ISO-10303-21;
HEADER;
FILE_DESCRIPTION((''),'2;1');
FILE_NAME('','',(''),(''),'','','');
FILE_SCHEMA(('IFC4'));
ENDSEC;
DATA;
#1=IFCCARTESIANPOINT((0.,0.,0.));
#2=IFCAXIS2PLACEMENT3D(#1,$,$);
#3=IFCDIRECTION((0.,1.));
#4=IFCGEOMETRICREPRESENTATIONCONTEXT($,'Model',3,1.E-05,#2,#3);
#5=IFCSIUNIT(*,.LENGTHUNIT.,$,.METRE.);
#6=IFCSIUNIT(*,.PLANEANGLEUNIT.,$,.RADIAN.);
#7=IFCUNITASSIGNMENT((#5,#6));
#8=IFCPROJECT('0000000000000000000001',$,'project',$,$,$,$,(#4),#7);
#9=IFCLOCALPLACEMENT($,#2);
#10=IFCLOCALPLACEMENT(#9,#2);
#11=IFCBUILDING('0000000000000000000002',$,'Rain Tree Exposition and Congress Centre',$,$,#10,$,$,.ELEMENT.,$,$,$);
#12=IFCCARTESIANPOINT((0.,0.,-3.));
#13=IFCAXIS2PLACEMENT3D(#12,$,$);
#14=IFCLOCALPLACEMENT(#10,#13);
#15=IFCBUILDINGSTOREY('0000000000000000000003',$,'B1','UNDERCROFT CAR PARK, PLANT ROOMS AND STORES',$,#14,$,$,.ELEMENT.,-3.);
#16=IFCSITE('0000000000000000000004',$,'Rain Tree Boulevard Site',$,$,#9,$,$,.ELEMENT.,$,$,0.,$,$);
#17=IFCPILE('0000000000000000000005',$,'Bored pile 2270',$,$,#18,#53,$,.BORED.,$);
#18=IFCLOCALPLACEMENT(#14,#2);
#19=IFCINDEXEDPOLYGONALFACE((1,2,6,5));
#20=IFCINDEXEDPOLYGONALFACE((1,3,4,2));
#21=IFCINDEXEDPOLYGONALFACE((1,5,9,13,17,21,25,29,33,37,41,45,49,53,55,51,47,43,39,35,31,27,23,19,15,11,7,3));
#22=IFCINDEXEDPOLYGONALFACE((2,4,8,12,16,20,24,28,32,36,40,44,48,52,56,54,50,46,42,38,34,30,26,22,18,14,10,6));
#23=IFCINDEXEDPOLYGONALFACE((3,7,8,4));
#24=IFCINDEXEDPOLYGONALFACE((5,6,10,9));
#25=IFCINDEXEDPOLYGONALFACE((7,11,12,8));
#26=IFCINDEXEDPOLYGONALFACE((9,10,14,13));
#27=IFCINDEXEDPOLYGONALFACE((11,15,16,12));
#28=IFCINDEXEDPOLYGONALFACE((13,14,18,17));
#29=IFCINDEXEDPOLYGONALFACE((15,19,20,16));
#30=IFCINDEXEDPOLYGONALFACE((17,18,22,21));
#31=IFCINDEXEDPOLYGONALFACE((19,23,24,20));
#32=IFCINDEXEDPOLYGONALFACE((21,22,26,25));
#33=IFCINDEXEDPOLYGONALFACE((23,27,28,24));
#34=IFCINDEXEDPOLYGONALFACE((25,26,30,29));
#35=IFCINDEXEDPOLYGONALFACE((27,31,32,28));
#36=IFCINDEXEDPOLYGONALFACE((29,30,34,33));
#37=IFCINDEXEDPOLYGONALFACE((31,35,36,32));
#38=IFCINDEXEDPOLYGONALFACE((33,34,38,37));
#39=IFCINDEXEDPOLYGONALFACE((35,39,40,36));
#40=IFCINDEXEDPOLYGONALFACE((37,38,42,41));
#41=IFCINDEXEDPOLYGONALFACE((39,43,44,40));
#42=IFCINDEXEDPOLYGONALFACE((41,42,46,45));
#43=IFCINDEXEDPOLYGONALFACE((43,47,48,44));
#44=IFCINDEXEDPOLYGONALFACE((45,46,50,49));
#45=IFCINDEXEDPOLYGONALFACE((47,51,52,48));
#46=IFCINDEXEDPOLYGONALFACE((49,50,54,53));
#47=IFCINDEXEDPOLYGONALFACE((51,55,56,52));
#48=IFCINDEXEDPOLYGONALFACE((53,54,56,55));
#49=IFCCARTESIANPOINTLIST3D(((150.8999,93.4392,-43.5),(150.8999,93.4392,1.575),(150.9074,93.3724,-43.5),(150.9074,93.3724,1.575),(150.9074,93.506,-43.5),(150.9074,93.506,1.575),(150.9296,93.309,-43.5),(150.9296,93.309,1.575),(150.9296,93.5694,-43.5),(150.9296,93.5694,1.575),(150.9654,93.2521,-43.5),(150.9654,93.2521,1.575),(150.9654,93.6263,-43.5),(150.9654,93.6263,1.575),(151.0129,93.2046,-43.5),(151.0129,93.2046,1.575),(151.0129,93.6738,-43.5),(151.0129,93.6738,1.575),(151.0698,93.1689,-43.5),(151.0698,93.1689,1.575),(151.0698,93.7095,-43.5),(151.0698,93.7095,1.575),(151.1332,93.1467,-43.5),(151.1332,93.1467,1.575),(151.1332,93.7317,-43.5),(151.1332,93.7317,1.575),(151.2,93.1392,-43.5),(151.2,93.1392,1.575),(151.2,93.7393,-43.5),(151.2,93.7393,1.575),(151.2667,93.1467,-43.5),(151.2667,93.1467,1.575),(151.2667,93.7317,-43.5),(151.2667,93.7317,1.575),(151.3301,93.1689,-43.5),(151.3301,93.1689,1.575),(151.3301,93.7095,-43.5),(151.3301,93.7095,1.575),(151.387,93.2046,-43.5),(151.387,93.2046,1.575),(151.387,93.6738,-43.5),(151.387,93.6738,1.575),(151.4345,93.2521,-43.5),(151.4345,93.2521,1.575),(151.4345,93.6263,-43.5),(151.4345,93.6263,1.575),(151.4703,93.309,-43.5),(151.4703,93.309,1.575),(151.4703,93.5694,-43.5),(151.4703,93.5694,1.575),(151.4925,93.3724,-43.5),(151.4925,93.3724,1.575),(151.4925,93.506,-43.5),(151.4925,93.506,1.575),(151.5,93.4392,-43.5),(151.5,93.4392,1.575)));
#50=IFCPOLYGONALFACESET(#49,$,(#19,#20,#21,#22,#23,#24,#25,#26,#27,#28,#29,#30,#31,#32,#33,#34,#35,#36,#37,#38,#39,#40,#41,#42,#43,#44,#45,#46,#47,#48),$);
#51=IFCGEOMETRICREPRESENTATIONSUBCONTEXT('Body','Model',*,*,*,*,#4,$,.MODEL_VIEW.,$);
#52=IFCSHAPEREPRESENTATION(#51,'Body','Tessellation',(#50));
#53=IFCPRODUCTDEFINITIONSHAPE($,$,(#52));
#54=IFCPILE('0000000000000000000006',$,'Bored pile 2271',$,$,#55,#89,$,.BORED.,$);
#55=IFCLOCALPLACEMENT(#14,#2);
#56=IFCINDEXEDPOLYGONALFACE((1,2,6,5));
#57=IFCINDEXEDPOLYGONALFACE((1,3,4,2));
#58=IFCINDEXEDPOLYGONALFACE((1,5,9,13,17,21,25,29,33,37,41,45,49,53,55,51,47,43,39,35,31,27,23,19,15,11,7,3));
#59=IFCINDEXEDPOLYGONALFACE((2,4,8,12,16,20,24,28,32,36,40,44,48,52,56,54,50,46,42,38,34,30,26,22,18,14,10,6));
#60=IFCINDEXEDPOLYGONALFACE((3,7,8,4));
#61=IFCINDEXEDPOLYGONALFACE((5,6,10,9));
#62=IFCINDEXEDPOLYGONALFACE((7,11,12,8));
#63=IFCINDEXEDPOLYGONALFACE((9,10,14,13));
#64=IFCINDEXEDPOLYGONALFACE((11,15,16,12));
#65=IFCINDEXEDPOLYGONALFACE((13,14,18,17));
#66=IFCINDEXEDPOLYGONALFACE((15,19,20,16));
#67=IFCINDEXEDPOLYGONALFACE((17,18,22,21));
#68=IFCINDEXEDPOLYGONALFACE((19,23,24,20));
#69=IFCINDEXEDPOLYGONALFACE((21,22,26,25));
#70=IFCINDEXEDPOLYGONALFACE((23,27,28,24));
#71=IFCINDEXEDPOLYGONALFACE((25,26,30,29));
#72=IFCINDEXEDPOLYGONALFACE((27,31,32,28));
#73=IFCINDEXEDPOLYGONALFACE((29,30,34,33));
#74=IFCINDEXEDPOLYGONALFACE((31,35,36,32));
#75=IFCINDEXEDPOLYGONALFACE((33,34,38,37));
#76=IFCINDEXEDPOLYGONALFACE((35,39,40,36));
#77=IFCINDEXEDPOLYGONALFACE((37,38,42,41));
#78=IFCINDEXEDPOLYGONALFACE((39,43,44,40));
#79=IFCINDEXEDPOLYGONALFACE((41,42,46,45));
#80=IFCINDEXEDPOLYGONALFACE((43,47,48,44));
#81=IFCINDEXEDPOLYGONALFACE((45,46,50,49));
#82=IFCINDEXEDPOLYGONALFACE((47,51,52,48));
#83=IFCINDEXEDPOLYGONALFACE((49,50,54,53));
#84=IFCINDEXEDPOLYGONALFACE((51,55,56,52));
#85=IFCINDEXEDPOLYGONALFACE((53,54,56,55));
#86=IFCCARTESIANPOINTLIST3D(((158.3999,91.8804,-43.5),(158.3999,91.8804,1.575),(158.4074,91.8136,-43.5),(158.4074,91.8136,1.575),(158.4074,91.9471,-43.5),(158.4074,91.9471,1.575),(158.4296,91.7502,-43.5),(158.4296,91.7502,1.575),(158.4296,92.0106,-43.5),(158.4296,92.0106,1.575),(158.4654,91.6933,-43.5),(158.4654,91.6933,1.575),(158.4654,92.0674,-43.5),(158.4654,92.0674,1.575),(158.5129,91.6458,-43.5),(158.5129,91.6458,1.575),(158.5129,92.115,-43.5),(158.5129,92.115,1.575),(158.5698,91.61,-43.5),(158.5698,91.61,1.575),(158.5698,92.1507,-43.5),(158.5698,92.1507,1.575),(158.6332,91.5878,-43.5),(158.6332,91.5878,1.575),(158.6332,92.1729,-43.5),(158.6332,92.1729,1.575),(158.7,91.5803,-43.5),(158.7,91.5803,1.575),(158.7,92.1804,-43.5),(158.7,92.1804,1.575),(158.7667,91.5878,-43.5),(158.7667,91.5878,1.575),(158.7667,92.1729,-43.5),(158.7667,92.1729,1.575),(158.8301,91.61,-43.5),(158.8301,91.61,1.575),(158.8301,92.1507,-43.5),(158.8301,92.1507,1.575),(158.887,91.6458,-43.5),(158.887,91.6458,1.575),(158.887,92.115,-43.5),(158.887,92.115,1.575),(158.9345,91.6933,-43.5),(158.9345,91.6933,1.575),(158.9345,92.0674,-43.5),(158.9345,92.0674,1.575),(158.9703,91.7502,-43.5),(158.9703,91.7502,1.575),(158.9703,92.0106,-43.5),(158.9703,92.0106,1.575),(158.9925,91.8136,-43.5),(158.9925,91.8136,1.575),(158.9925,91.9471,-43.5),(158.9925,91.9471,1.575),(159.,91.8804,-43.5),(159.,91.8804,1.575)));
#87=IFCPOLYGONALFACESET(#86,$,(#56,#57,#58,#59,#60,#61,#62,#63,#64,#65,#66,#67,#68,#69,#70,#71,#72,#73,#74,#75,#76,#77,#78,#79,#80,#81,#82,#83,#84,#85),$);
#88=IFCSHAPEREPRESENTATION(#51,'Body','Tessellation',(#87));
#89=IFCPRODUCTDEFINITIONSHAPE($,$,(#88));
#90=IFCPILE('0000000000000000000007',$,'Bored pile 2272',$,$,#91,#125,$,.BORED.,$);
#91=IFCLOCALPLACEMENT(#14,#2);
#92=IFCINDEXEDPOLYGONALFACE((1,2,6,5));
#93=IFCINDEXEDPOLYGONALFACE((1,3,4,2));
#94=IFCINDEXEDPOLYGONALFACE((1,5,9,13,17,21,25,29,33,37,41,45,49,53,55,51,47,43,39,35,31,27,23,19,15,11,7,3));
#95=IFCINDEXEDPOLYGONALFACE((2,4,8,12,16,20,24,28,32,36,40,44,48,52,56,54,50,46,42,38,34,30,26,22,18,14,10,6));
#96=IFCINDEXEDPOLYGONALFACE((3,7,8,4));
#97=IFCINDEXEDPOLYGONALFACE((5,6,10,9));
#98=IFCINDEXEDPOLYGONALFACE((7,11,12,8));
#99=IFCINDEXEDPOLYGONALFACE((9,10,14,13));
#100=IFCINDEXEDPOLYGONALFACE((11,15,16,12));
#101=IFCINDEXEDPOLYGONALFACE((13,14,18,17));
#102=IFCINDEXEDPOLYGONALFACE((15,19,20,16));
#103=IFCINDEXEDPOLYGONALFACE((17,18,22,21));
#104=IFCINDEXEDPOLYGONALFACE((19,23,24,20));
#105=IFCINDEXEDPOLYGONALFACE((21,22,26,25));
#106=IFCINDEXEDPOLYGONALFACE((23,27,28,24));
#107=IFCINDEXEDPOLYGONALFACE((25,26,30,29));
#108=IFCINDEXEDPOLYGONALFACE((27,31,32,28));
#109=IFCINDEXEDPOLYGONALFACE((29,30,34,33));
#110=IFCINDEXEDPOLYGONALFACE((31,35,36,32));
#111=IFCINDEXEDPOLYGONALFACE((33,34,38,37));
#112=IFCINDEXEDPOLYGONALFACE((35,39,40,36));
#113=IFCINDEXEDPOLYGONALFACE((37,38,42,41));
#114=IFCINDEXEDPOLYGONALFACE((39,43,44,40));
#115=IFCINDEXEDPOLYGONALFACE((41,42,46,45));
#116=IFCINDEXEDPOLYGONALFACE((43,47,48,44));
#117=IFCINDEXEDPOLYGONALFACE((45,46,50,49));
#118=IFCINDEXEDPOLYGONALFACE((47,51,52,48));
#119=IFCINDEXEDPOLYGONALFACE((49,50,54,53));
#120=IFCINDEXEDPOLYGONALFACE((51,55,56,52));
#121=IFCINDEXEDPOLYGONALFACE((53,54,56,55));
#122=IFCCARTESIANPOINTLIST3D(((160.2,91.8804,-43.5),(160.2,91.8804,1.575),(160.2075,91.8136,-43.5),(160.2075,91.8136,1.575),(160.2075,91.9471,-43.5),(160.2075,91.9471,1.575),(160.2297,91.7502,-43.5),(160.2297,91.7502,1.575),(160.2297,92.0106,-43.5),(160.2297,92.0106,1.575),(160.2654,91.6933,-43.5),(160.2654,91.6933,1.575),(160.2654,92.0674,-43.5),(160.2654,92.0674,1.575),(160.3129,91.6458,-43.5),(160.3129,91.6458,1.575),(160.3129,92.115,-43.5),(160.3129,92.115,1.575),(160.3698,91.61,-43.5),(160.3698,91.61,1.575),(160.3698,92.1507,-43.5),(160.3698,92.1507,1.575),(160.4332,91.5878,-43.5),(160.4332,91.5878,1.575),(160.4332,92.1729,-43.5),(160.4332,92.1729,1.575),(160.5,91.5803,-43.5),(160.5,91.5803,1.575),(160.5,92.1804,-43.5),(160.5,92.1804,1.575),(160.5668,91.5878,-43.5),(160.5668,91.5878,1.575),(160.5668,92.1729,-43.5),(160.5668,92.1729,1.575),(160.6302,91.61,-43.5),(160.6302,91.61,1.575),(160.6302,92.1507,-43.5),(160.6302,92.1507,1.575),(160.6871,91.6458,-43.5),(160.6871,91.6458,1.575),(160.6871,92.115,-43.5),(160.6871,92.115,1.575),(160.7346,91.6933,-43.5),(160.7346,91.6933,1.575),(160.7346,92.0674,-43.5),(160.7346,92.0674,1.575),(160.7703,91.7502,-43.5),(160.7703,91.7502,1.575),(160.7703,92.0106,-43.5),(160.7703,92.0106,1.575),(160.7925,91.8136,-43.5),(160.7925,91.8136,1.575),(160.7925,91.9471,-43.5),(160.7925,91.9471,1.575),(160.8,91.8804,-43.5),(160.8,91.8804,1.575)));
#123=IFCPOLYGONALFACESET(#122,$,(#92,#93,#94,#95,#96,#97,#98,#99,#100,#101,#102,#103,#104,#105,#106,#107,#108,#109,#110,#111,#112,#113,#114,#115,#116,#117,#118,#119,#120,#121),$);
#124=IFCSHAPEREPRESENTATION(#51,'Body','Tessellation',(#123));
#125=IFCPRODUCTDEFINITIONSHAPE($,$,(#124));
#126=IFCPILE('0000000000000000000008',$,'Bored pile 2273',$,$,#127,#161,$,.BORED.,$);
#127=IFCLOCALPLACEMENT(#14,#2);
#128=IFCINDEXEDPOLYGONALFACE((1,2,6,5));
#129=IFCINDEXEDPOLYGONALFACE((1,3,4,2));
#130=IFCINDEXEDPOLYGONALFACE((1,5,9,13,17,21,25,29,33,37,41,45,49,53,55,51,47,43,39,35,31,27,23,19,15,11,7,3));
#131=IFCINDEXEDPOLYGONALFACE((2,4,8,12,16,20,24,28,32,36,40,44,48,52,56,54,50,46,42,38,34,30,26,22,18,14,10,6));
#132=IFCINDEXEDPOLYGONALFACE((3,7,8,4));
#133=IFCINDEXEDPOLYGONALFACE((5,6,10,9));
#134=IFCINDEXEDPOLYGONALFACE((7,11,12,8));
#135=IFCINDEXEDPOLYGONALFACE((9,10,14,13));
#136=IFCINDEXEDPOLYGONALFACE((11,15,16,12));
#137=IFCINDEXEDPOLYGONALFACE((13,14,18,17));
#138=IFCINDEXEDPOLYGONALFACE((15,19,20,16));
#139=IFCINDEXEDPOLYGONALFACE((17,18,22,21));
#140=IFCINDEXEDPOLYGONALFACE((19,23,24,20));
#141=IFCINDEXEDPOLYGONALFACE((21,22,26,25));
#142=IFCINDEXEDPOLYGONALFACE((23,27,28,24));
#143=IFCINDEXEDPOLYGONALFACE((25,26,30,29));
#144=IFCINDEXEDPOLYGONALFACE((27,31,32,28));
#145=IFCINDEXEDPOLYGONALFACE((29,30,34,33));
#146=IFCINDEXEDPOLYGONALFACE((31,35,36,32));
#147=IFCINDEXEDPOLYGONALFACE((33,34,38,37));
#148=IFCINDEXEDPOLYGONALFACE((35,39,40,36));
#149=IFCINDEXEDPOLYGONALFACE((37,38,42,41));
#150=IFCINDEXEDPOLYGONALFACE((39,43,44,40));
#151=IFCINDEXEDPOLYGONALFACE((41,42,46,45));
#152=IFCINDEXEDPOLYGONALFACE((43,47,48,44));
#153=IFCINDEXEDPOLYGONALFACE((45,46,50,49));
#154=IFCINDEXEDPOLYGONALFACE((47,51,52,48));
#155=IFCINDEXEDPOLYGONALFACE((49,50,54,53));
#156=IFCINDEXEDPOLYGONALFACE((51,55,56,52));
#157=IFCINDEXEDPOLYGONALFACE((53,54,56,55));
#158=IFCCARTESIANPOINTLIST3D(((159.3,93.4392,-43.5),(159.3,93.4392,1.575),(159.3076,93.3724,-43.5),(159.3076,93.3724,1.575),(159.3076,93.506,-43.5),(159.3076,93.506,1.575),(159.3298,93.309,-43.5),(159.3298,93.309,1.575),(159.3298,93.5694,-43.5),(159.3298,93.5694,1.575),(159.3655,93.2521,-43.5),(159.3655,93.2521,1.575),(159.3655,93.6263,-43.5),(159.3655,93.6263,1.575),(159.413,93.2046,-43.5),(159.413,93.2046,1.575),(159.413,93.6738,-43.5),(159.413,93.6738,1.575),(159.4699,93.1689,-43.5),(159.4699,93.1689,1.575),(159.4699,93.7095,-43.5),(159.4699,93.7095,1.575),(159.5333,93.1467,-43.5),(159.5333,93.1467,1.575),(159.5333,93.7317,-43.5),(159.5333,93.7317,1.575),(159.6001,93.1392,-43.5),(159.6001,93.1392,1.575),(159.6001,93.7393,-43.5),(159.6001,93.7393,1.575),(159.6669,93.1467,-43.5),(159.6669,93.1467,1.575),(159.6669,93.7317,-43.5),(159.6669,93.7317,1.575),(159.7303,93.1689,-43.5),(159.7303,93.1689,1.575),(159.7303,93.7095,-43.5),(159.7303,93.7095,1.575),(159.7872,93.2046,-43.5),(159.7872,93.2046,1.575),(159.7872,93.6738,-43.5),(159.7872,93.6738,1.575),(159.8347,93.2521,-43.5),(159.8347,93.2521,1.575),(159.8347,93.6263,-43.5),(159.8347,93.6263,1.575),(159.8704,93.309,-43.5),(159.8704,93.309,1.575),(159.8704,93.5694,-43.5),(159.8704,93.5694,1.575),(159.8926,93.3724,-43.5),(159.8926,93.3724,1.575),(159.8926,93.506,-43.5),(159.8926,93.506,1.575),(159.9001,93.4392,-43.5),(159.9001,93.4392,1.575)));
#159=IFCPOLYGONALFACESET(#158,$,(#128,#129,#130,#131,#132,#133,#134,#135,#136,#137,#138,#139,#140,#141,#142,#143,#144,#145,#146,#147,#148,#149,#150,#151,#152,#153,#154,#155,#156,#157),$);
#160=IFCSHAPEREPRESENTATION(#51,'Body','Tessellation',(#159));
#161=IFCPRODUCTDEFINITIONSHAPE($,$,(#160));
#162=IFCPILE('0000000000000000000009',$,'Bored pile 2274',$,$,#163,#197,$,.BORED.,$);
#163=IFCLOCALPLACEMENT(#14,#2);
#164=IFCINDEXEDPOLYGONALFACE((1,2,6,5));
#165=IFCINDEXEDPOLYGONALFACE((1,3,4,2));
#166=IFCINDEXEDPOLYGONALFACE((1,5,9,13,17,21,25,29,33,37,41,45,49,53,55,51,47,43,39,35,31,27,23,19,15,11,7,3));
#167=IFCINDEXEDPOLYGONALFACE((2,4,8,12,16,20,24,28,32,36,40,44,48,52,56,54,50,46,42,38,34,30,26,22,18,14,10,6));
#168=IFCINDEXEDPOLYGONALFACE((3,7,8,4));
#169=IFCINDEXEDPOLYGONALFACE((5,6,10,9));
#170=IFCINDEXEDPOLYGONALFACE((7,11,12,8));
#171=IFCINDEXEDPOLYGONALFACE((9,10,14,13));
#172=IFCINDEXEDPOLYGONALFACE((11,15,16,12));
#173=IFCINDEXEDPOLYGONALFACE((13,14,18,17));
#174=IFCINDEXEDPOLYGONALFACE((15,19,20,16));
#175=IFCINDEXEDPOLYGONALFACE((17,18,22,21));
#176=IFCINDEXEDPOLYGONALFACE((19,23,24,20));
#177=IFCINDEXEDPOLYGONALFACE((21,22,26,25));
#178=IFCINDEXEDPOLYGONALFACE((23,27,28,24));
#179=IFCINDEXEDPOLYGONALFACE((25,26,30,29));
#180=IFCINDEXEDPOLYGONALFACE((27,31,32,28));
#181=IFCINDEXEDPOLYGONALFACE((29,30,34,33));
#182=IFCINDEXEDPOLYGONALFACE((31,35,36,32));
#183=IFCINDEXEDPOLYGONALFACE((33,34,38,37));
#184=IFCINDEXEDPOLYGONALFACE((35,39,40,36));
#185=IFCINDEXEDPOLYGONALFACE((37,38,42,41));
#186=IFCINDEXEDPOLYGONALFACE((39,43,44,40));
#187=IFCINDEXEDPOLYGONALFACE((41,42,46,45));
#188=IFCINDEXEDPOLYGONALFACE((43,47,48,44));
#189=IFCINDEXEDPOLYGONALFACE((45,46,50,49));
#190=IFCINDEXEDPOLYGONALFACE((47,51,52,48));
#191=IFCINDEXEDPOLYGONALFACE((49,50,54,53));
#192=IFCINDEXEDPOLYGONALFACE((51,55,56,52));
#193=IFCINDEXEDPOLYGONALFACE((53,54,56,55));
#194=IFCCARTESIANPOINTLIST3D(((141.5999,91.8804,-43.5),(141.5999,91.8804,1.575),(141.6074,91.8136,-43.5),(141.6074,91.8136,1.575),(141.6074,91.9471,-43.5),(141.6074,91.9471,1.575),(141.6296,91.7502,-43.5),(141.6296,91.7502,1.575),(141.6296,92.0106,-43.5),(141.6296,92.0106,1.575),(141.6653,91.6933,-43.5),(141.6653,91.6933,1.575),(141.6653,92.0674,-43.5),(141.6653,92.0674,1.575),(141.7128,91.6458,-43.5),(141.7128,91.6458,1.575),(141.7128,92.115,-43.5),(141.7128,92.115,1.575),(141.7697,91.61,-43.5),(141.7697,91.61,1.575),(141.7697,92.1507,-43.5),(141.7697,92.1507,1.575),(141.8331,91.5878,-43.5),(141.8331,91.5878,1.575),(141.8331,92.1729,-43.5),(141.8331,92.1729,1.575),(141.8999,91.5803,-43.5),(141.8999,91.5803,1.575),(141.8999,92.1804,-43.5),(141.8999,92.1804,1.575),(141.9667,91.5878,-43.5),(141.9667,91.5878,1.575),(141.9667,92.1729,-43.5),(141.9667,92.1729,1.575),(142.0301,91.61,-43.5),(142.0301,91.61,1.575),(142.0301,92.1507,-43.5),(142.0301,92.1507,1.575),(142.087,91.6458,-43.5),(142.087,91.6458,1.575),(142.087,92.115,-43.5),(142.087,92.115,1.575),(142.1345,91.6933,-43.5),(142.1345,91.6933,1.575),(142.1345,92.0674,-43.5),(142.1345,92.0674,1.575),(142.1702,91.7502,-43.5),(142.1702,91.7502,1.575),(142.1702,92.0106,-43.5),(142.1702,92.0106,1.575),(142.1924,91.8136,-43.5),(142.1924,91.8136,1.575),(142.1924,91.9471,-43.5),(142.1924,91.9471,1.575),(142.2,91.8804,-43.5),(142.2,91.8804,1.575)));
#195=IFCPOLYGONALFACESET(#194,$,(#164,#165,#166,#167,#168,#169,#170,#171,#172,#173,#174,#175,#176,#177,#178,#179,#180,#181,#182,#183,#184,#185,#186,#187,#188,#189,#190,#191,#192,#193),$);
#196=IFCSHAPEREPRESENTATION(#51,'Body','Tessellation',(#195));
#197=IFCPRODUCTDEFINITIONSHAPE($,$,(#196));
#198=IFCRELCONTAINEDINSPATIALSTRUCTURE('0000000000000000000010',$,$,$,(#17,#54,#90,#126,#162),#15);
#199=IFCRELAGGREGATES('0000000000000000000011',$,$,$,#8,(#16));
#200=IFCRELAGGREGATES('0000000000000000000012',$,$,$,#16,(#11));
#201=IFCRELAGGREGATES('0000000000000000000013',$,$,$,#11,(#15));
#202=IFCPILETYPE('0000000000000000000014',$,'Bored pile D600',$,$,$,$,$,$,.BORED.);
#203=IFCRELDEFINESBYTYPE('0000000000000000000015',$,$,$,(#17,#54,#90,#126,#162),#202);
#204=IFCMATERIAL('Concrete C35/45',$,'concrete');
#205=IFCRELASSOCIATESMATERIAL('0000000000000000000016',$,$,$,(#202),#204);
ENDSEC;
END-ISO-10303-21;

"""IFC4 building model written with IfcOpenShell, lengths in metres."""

from ifc_helpers import new_model, si_unit, direction, frame, origin, origin_2d, place, context, subcontext, project, spatial, circle, extrude, material, material_profile, profile_set, type_object, element, save


model = new_model("IFC4")

# Units and contexts
model_context = context("Model", 3, precision=1e-05, world=origin(), true_north=direction((0.0, 1.0)))
body_context = subcontext(model_context, "Body", "Model", "MODEL_VIEW")
ifc_project = project(units=[si_unit("LENGTHUNIT", "METRE"), si_unit("PLANEANGLEUNIT", "RADIAN")], contexts=[model_context])

# Site, building, storey
site_placement = place(None, origin())
site = spatial("IfcSite", under=ifc_project, at=site_placement, Name="Rain Tree Boulevard Site", CompositionType="ELEMENT", RefElevation=0.0)
building_placement = place(site_placement, origin())
building = spatial("IfcBuilding", under=site, at=building_placement, Name="Rain Tree Exposition and Congress Centre", CompositionType="ELEMENT")
storey_placement = place(building_placement, frame((0.0, 0.0, -3.0)))
storey = spatial("IfcBuildingStorey", under=building, at=storey_placement, Name="B1", Description="UNDERCROFT CAR PARK, PLANT ROOMS AND STORES", CompositionType="ELEMENT", Elevation=-3.0)

# Piles
ifc_material_1 = material(Name="Concrete C35/45", Category="concrete")
ifc_material_profile_1 = material_profile(ifc_material_1, circle(Radius=0.3, at=origin_2d()), Name="D600")
ifc_profile_set_1 = profile_set([ifc_material_profile_1], Name="Concrete C35/45")
pile_type_1 = type_object("IfcPileType", Name="Bored pile D600", PredefinedType="BORED", material=ifc_profile_set_1)
for number, where, z_axis, x_axis, name in (
    (1, (151.2, 93.4392, 1.575), (0.0, 0.0, -1.0), (1.0, 0.0, 0.0), "Bored pile 2270"),
    (2, (158.7, 91.8804, 1.575), (0.0, 0.0, -1.0), (1.0, 0.0, 0.0), "Bored pile 2271"),
    (3, (160.5, 91.8804, 1.575), (0.0, 0.0, -1.0), (1.0, 0.0, 0.0), "Bored pile 2272"),
    (4, (159.6001, 93.4392, 1.575), (0.0, 0.0, -1.0), (1.0, 0.0, 0.0), "Bored pile 2273"),
    (5, (141.8999, 91.8804, 1.575), (0.0, 0.0, -1.0), (1.0, 0.0, 0.0), "Bored pile 2274"),
):
    element("IfcPile", number, at=place(storey_placement, frame(where, z_axis=z_axis, x_axis=x_axis)), inside=storey, type_object=pile_type_1, Name=name, PredefinedType="BORED", context=body_context, shape_type="SweptSolid", body=[
        extrude(circle(Radius=0.3, at=origin_2d()), origin(), (0.0, 0.0, 1.0), 45.075),
    ])

save(model, "model.ifc")
